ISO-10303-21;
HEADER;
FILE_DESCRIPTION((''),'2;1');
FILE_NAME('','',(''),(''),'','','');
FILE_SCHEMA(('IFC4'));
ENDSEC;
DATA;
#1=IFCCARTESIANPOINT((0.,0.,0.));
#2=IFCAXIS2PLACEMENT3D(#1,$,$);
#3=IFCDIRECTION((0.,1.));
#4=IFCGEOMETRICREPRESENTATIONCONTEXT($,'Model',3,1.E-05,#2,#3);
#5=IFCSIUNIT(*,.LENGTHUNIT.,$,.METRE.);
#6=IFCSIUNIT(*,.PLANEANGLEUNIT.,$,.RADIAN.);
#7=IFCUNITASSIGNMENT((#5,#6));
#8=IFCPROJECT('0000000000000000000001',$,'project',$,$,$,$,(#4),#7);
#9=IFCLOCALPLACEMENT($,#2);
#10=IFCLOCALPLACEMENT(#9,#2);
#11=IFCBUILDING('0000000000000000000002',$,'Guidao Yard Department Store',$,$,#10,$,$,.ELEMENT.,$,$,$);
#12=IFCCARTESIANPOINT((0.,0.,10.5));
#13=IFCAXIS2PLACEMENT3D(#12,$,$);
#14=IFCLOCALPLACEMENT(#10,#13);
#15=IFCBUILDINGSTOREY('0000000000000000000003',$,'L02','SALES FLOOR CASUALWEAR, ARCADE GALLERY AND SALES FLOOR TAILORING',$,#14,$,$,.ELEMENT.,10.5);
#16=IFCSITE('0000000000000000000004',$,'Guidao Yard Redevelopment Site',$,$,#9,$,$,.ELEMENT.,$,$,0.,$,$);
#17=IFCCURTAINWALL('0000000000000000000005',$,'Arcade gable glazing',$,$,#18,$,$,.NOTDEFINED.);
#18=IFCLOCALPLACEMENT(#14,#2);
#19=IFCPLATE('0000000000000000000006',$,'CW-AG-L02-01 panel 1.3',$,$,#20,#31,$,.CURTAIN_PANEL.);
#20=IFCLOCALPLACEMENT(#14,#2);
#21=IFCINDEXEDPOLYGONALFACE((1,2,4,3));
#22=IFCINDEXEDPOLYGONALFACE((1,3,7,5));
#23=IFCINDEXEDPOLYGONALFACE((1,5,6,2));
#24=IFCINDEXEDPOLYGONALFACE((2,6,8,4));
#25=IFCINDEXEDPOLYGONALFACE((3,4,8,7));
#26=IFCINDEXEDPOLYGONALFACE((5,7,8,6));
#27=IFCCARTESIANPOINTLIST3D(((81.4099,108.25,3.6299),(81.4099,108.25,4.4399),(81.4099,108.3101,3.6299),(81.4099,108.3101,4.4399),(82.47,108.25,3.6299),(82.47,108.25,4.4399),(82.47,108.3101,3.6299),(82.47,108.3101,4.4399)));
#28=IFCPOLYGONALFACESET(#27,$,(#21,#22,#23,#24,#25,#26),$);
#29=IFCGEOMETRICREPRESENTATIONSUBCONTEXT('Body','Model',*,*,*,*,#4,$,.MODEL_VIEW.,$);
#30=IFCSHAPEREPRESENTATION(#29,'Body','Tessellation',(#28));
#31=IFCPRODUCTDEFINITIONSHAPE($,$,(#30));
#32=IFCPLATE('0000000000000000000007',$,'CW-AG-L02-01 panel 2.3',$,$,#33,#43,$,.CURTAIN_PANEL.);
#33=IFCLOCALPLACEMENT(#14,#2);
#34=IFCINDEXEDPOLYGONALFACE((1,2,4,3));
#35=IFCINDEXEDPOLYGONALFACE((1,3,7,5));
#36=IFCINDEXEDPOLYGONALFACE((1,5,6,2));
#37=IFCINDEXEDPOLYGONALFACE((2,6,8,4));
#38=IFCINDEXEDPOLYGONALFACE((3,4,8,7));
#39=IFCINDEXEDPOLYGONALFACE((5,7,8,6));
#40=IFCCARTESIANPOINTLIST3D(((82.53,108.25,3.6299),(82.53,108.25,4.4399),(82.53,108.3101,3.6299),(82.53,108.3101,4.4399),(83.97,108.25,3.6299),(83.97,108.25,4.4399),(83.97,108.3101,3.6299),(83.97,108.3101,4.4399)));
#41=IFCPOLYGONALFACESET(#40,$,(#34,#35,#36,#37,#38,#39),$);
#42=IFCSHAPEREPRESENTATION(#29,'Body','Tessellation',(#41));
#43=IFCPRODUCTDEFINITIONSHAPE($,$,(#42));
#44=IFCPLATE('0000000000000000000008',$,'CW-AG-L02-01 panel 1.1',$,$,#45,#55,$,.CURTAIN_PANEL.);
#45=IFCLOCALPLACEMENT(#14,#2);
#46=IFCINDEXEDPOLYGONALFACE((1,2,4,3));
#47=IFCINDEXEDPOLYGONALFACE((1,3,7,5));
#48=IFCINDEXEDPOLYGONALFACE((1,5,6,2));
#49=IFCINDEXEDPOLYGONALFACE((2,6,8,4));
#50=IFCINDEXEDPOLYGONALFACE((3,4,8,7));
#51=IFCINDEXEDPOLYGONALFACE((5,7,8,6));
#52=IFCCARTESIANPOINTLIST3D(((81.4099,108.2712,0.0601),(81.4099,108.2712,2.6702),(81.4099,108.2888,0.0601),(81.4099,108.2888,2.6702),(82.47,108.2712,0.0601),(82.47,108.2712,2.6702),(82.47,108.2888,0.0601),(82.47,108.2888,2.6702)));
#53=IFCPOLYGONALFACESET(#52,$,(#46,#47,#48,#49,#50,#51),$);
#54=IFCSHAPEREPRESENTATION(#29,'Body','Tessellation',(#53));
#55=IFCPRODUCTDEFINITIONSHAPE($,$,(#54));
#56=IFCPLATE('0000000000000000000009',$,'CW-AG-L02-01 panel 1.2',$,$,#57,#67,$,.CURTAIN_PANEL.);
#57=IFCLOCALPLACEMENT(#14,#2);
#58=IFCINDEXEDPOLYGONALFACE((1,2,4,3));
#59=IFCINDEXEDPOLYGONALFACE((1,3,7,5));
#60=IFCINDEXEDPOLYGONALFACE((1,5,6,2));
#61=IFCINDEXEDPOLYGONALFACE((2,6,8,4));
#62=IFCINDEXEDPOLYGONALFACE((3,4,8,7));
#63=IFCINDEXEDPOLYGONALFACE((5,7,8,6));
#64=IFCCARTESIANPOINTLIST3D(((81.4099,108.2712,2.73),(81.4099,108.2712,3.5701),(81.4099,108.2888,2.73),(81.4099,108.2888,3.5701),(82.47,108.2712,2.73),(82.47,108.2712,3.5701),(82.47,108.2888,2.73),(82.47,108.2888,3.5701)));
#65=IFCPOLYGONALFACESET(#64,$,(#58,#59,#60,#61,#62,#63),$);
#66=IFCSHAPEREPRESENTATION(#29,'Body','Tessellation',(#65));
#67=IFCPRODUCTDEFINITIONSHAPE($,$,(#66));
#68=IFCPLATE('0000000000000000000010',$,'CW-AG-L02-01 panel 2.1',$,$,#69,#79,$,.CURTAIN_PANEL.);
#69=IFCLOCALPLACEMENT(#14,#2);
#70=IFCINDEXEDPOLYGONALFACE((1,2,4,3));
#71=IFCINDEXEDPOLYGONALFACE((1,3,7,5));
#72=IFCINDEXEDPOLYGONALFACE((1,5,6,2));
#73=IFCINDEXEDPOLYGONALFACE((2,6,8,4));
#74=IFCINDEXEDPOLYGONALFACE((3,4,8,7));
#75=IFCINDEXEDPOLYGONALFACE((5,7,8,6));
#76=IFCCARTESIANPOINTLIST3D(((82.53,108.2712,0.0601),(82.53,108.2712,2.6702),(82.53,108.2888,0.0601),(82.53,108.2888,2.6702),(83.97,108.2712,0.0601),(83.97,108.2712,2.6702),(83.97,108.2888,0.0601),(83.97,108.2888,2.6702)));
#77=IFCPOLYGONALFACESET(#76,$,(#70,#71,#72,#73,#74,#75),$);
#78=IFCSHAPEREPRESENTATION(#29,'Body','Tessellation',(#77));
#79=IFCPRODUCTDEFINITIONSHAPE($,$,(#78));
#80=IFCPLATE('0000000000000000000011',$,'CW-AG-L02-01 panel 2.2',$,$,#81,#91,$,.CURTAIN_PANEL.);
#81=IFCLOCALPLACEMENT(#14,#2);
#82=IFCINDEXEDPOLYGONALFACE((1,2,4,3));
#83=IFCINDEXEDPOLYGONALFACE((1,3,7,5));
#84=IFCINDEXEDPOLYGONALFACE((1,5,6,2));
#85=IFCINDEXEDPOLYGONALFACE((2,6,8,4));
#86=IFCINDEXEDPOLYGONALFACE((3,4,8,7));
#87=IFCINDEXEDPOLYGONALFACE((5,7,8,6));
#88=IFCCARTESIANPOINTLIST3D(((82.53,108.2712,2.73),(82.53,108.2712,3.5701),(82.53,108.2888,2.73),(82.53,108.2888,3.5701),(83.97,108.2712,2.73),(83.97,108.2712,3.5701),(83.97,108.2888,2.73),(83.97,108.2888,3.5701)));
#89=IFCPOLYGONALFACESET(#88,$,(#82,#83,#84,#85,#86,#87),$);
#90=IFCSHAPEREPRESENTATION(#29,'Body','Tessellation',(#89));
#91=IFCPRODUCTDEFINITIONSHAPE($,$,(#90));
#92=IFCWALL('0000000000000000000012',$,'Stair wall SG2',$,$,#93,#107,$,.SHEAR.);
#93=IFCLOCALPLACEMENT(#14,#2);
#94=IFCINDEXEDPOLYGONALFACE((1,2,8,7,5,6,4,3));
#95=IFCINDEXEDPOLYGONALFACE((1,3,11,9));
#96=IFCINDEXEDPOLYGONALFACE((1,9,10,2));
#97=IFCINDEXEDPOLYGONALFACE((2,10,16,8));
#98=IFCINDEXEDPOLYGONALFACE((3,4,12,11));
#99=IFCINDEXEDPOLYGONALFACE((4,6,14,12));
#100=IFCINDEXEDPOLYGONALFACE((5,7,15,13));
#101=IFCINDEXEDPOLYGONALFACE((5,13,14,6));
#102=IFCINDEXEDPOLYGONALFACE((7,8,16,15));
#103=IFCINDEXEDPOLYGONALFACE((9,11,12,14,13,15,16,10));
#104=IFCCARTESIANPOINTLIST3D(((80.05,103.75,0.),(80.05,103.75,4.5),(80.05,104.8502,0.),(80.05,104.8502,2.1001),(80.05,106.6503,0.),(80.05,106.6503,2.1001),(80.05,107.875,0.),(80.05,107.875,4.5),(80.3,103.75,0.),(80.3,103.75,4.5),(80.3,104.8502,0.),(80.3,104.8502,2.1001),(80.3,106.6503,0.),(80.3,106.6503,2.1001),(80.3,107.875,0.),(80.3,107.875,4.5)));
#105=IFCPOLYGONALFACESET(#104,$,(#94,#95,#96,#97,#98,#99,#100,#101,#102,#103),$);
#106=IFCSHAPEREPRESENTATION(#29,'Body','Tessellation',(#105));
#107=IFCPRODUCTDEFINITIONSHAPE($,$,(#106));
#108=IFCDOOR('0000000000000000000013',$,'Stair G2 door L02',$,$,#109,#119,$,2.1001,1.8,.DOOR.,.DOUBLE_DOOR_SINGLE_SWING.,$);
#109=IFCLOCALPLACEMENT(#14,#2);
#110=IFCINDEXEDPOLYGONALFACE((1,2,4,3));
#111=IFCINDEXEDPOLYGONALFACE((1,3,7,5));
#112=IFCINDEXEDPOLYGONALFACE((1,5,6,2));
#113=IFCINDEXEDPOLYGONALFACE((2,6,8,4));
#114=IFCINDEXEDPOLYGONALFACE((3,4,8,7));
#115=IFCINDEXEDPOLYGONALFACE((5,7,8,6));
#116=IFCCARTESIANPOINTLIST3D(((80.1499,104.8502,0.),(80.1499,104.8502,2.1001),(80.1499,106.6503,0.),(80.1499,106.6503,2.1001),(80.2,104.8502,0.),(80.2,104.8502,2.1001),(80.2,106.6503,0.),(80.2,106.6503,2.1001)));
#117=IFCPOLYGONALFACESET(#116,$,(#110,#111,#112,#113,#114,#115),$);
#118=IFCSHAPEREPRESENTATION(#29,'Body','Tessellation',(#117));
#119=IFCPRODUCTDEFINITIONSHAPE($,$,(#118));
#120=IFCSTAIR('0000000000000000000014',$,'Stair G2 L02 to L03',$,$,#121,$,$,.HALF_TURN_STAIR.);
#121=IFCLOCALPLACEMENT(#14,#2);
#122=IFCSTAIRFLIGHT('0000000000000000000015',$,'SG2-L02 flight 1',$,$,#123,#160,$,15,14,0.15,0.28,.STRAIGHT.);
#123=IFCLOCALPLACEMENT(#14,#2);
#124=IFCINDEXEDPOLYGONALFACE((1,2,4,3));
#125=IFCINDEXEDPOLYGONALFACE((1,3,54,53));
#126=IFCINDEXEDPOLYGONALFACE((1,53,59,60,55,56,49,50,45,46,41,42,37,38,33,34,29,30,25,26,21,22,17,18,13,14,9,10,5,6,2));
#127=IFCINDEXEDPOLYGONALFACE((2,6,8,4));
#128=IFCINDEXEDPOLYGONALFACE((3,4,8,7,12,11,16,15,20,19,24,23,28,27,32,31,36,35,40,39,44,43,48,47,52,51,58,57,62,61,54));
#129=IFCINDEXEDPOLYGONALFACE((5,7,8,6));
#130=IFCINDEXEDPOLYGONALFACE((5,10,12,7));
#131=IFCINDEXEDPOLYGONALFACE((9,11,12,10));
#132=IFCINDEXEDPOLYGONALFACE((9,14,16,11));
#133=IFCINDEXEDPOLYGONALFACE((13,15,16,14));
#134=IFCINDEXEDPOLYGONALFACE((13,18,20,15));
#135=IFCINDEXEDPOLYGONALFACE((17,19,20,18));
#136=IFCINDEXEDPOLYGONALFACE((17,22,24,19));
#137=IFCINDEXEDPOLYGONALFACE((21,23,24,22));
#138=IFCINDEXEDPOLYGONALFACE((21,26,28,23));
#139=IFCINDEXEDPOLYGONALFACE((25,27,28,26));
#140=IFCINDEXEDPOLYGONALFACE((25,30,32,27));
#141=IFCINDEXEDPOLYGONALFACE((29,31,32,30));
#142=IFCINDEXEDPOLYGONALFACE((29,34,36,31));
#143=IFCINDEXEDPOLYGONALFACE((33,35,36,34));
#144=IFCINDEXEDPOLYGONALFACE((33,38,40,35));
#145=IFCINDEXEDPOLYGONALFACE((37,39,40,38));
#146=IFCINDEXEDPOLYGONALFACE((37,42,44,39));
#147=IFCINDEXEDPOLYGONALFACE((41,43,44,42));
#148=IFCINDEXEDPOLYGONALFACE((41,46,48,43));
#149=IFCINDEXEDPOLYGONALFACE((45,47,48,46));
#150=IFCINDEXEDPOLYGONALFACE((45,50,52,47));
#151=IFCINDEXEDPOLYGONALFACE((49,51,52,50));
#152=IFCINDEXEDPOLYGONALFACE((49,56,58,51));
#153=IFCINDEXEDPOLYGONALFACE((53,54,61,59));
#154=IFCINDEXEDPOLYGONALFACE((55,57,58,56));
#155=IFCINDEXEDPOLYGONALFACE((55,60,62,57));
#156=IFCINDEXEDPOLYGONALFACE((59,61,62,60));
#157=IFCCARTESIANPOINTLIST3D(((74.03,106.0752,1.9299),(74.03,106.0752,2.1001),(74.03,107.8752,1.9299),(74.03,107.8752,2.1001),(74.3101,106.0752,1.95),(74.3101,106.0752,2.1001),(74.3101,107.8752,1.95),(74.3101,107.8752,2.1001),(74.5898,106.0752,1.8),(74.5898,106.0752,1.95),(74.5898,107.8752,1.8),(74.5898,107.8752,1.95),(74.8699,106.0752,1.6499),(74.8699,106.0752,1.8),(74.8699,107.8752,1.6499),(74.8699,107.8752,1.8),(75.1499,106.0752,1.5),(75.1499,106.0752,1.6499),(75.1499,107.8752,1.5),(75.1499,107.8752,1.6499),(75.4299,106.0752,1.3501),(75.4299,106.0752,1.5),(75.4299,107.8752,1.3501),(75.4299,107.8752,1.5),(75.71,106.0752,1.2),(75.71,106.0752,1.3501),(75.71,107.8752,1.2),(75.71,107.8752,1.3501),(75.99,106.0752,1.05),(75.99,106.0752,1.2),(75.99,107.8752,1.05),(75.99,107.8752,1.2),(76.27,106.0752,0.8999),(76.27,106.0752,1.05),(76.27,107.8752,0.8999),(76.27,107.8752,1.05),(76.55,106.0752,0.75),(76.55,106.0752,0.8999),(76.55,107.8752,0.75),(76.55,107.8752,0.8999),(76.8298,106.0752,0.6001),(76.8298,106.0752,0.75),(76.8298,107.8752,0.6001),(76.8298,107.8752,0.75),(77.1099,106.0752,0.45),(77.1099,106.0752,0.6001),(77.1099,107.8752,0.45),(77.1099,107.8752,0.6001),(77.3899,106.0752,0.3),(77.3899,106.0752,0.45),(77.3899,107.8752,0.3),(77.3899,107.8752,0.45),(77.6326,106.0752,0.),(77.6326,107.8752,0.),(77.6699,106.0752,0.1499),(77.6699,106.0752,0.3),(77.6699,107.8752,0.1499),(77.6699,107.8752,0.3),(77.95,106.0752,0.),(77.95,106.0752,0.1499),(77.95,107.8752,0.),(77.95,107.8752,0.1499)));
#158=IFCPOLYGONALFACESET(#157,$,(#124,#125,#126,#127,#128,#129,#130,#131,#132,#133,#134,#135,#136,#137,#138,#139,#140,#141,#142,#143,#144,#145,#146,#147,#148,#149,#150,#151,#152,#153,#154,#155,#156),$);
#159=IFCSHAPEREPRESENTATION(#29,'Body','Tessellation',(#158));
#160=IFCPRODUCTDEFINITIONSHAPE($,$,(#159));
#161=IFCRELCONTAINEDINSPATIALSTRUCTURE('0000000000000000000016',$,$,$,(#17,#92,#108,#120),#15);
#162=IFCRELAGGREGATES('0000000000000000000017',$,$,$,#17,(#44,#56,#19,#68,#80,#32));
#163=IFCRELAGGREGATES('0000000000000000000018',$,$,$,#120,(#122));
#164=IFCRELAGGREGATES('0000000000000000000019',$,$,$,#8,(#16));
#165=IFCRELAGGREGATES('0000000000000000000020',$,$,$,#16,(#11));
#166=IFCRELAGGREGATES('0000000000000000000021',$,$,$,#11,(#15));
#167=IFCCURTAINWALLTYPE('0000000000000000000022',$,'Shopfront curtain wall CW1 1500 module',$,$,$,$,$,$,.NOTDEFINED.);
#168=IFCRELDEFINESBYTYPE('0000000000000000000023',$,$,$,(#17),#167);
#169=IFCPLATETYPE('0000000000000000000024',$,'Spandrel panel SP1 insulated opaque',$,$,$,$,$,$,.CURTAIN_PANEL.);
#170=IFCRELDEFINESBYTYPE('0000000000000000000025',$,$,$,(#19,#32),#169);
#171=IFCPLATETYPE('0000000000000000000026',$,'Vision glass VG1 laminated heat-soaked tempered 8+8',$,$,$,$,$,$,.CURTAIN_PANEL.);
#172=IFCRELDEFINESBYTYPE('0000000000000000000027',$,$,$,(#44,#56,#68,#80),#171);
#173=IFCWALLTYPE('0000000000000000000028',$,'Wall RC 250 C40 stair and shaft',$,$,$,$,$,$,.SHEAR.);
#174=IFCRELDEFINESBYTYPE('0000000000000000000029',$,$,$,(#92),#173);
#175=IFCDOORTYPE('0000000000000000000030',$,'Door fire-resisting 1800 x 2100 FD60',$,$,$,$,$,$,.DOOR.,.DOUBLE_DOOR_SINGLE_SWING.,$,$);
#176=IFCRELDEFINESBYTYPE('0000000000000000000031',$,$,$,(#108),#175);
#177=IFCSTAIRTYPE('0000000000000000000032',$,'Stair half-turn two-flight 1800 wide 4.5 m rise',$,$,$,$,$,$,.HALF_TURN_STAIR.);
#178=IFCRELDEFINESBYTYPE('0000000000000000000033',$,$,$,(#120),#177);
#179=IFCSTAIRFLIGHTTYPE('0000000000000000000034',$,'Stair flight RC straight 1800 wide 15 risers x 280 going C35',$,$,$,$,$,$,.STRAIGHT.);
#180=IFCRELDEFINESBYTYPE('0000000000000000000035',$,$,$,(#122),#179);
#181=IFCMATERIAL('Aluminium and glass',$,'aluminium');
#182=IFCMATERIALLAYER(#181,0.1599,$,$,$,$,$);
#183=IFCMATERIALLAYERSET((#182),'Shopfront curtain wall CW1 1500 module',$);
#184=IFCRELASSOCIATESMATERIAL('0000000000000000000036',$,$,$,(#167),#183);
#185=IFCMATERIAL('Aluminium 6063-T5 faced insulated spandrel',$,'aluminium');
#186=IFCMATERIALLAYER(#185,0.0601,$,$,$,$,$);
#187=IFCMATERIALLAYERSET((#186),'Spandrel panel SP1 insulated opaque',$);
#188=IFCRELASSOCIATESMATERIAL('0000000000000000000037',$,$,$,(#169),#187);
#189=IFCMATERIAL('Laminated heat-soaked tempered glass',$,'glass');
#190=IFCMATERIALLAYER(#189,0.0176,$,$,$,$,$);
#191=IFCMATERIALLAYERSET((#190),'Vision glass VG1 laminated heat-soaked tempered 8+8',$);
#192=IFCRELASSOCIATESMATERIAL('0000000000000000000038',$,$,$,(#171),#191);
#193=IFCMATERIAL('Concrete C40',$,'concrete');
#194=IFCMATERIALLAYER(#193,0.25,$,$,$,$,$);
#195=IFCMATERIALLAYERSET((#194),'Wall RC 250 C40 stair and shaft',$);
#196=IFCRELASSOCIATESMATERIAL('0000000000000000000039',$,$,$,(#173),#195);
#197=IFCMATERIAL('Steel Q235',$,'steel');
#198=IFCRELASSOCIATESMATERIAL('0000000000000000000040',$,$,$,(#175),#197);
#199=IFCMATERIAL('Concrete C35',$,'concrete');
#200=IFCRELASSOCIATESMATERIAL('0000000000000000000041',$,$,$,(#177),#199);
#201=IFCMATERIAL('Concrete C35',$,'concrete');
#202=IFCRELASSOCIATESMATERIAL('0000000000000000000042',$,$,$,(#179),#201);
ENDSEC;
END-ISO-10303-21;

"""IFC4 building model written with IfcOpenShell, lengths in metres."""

from ifc_helpers import new_model, si_unit, direction, frame, frame_2d, origin, origin_2d, place, context, subcontext, project, spatial, polyline, rectangle, outline, extrude, material, layer, layer_set, type_object, element, fill, aggregate, save


model = new_model("IFC4")

# Units and contexts
model_context = context("Model", 3, precision=1e-05, world=origin(), true_north=direction((0.0, 1.0)))
body_context = subcontext(model_context, "Body", "Model", "MODEL_VIEW")
ifc_project = project(units=[si_unit("LENGTHUNIT", "METRE"), si_unit("PLANEANGLEUNIT", "RADIAN")], contexts=[model_context])

# Site, building, storey
site_placement = place(None, origin())
site = spatial("IfcSite", under=ifc_project, at=site_placement, Name="Guidao Yard Redevelopment Site", CompositionType="ELEMENT", RefElevation=0.0)
building_placement = place(site_placement, origin())
building = spatial("IfcBuilding", under=site, at=building_placement, Name="Guidao Yard Department Store", CompositionType="ELEMENT")
storey_placement = place(building_placement, frame((0.0, 0.0, 10.5)))
storey = spatial("IfcBuildingStorey", under=building, at=storey_placement, Name="L02", Description="SALES FLOOR CASUALWEAR, ARCADE GALLERY AND SALES FLOOR TAILORING", CompositionType="ELEMENT", Elevation=10.5)

# Curtain wall, plates
ifc_material_1 = material(Name="Aluminium and glass", Category="aluminium")
ifc_layer_1 = layer(ifc_material_1, 0.1599)
ifc_layer_set_1 = layer_set([ifc_layer_1], Name="Shopfront curtain wall CW1 1500 module")
curtain_wall_type = type_object("IfcCurtainWallType", Name="Shopfront curtain wall CW1 1500 module", PredefinedType="NOTDEFINED", material=ifc_layer_set_1)
curtain_wall_placement = place(storey_placement, origin())
curtain_wall = element("IfcCurtainWall", 1, at=curtain_wall_placement, inside=storey, type_object=curtain_wall_type, Name="Arcade gable glazing", PredefinedType="NOTDEFINED")
ifc_material_2 = material(Name="Aluminium 6063-T5 faced insulated spandrel", Category="aluminium")
ifc_layer_2 = layer(ifc_material_2, 0.0601)
ifc_layer_set_2 = layer_set([ifc_layer_2], Name="Spandrel panel SP1 insulated opaque")
plate_type_1 = type_object("IfcPlateType", Name="Spandrel panel SP1 insulated opaque", PredefinedType="CURTAIN_PANEL", material=ifc_layer_set_2)
plate_1_placement = place(storey_placement, frame((81.9399, 108.28, 3.6299), z_axis=(0.0, 0.0, 1.0), x_axis=(1.0, 0.0, 0.0)))
plate_1 = element("IfcPlate", 2, at=plate_1_placement, type_object=plate_type_1, Name="CW-AG-L02-01 panel 1.3", PredefinedType="CURTAIN_PANEL", context=body_context, shape_type="SweptSolid", body=[
    extrude(rectangle(XDim=1.0601, YDim=0.0601, at=origin_2d()), origin(), (0.0, 0.0, 1.0), 0.8101),
])
plate_2_placement = place(storey_placement, frame((83.25, 108.28, 3.6299), z_axis=(0.0, 0.0, 1.0), x_axis=(1.0, 0.0, 0.0)))
plate_2 = element("IfcPlate", 3, at=plate_2_placement, type_object=plate_type_1, Name="CW-AG-L02-01 panel 2.3", PredefinedType="CURTAIN_PANEL", context=body_context, shape_type="SweptSolid", body=[
    extrude(rectangle(XDim=1.4399, YDim=0.0601, at=origin_2d()), origin(), (0.0, 0.0, 1.0), 0.8101),
])
ifc_material_3 = material(Name="Laminated heat-soaked tempered glass", Category="glass")
ifc_layer_3 = layer(ifc_material_3, 0.0176)
ifc_layer_set_3 = layer_set([ifc_layer_3], Name="Vision glass VG1 laminated heat-soaked tempered 8+8")
plate_type_2 = type_object("IfcPlateType", Name="Vision glass VG1 laminated heat-soaked tempered 8+8", PredefinedType="CURTAIN_PANEL", material=ifc_layer_set_3)
plate_3_placement = place(storey_placement, frame((81.9399, 108.28, 0.0601), z_axis=(0.0, 0.0, 1.0), x_axis=(1.0, 0.0, 0.0)))
plate_3 = element("IfcPlate", 4, at=plate_3_placement, type_object=plate_type_2, Name="CW-AG-L02-01 panel 1.1", PredefinedType="CURTAIN_PANEL", context=body_context, shape_type="SweptSolid", body=[
    extrude(rectangle(XDim=1.0601, YDim=0.0176, at=origin_2d()), origin(), (0.0, 0.0, 1.0), 2.6101),
])
plate_4_placement = place(storey_placement, frame((81.9399, 108.28, 2.73), z_axis=(0.0, 0.0, 1.0), x_axis=(1.0, 0.0, 0.0)))
plate_4 = element("IfcPlate", 5, at=plate_4_placement, type_object=plate_type_2, Name="CW-AG-L02-01 panel 1.2", PredefinedType="CURTAIN_PANEL", context=body_context, shape_type="SweptSolid", body=[
    extrude(rectangle(XDim=1.0601, YDim=0.0176, at=origin_2d()), origin(), (0.0, 0.0, 1.0), 0.8401),
])
plate_5_placement = place(storey_placement, frame((83.25, 108.28, 0.0601), z_axis=(0.0, 0.0, 1.0), x_axis=(1.0, 0.0, 0.0)))
plate_5 = element("IfcPlate", 6, at=plate_5_placement, type_object=plate_type_2, Name="CW-AG-L02-01 panel 2.1", PredefinedType="CURTAIN_PANEL", context=body_context, shape_type="SweptSolid", body=[
    extrude(rectangle(XDim=1.4399, YDim=0.0176, at=origin_2d()), origin(), (0.0, 0.0, 1.0), 2.6101),
])
plate_6_placement = place(storey_placement, frame((83.25, 108.28, 2.73), z_axis=(0.0, 0.0, 1.0), x_axis=(1.0, 0.0, 0.0)))
plate_6 = element("IfcPlate", 7, at=plate_6_placement, type_object=plate_type_2, Name="CW-AG-L02-01 panel 2.2", PredefinedType="CURTAIN_PANEL", context=body_context, shape_type="SweptSolid", body=[
    extrude(rectangle(XDim=1.4399, YDim=0.0176, at=origin_2d()), origin(), (0.0, 0.0, 1.0), 0.8401),
])
aggregate(curtain_wall, [plate_3, plate_4, plate_1, plate_5, plate_6, plate_2])

# Wall, opening, door
ifc_material_4 = material(Name="Concrete C40", Category="concrete")
ifc_layer_4 = layer(ifc_material_4, 0.25)
ifc_layer_set_4 = layer_set([ifc_layer_4], Name="Wall RC 250 C40 stair and shaft")
wall_type = type_object("IfcWallType", Name="Wall RC 250 C40 stair and shaft", PredefinedType="SHEAR", material=ifc_layer_set_4)
wall_placement = place(storey_placement, frame((80.175, 103.75, 0.0), z_axis=(0.0, 0.0, 1.0), x_axis=(0.0, 1.0, 0.0)))
wall = element("IfcWall", 8, at=wall_placement, inside=storey, type_object=wall_type, Name="Stair wall SG2", PredefinedType="SHEAR", context=body_context, shape_type="SweptSolid", body=[
    extrude(rectangle(XDim=4.125, YDim=0.25, at=frame_2d((2.0625, 0.0))), origin(), (0.0, 0.0, 1.0), 4.5),
])
opening_placement = place(wall_placement, frame((2.9001, 0.0, 0.0), z_axis=(0.0, 0.0, 1.0), x_axis=(-1.0, 0.0, 0.0)))
opening = element("IfcOpeningElement", 9, at=opening_placement, cuts=wall, PredefinedType="OPENING", context=body_context, shape_type="SweptSolid", body=[
    extrude(rectangle(XDim=1.8, YDim=2.1001, at=frame_2d((0.8999, 1.05))), frame((0.0, 0.135, 0.0), z_axis=(0.0, -1.0, 0.0), x_axis=(1.0, 0.0, 0.0)), (0.0, 0.0, 1.0), 0.27),
])
ifc_material_5 = material(Name="Steel Q235", Category="steel")
door_type = type_object("IfcDoorType", Name="Door fire-resisting 1800 x 2100 FD60", OperationType="DOUBLE_DOOR_SINGLE_SWING", PredefinedType="DOOR", material=ifc_material_5)
door_placement = place(opening_placement, origin())
door = element("IfcDoor", 10, at=door_placement, inside=storey, type_object=door_type, Name="Stair G2 door L02", OperationType="DOUBLE_DOOR_SINGLE_SWING", OverallHeight=2.1001, OverallWidth=1.8, PredefinedType="DOOR", context=body_context, shape_type="SweptSolid", body=[
    extrude(rectangle(XDim=1.8, YDim=2.1001, at=frame_2d((0.8999, 1.05))), frame((0.0, 0.0249, 0.0), z_axis=(0.0, -1.0, 0.0), x_axis=(1.0, 0.0, 0.0)), (0.0, 0.0, 1.0), 0.05),
])
fill(opening, door)

# Stair, stair flight
ifc_material_6 = material(Name="Concrete C35", Category="concrete")
stair_type = type_object("IfcStairType", Name="Stair half-turn two-flight 1800 wide 4.5 m rise", PredefinedType="HALF_TURN_STAIR", material=ifc_material_6)
stair_placement = place(storey_placement, origin())
stair = element("IfcStair", 11, at=stair_placement, inside=storey, type_object=stair_type, Name="Stair G2 L02 to L03", PredefinedType="HALF_TURN_STAIR")
ifc_material_7 = material(Name="Concrete C35", Category="concrete")
stair_flight_type = type_object("IfcStairFlightType", Name="Stair flight RC straight 1800 wide 15 risers x 280 going C35", PredefinedType="STRAIGHT", material=ifc_material_7)
stair_flight_placement = place(storey_placement, frame((77.95, 106.9751, 0.0), z_axis=(0.0, 0.0, 1.0), x_axis=(-1.0, 0.0, 0.0)))
stair_flight = element("IfcStairFlight", 12, at=stair_flight_placement, type_object=stair_flight_type, Name="SG2-L02 flight 1", NumberOfRisers=15, NumberOfTreads=14, PredefinedType="STRAIGHT", RiserHeight=0.15, TreadLength=0.28, context=body_context, shape_type="SweptSolid", body=[
    extrude(outline(polyline([(0.0, 0.0), (0.0, 0.1499), (0.28, 0.1499), (0.28, 0.3), (0.5601, 0.3), (0.5601, 0.45), (0.8401, 0.45), (0.8401, 0.6001), (1.1201, 0.6001), (1.1201, 0.75), (1.3999, 0.75), (1.3999, 0.8999), (1.6799, 0.8999), (1.6799, 1.05), (1.96, 1.05), (1.96, 1.2), (2.24, 1.2), (2.24, 1.3501), (2.52, 1.3501), (2.52, 1.5), (2.8, 1.5), (2.8, 1.6499), (3.0801, 1.6499), (3.0801, 1.8), (3.3601, 1.8), (3.3601, 1.95), (3.6399, 1.95), (3.6399, 2.1001), (3.9199, 2.1001), (3.9199, 2.25), (3.9199, 1.9299), (0.3174, 0.0), (0.0, 0.0)])), frame((0.0, 0.8999, 0.0), z_axis=(0.0, -1.0, 0.0), x_axis=(1.0, 0.0, 0.0)), (0.0, 0.0, 1.0), 1.8),
])
aggregate(stair, [stair_flight])

save(model, "model.ifc")
